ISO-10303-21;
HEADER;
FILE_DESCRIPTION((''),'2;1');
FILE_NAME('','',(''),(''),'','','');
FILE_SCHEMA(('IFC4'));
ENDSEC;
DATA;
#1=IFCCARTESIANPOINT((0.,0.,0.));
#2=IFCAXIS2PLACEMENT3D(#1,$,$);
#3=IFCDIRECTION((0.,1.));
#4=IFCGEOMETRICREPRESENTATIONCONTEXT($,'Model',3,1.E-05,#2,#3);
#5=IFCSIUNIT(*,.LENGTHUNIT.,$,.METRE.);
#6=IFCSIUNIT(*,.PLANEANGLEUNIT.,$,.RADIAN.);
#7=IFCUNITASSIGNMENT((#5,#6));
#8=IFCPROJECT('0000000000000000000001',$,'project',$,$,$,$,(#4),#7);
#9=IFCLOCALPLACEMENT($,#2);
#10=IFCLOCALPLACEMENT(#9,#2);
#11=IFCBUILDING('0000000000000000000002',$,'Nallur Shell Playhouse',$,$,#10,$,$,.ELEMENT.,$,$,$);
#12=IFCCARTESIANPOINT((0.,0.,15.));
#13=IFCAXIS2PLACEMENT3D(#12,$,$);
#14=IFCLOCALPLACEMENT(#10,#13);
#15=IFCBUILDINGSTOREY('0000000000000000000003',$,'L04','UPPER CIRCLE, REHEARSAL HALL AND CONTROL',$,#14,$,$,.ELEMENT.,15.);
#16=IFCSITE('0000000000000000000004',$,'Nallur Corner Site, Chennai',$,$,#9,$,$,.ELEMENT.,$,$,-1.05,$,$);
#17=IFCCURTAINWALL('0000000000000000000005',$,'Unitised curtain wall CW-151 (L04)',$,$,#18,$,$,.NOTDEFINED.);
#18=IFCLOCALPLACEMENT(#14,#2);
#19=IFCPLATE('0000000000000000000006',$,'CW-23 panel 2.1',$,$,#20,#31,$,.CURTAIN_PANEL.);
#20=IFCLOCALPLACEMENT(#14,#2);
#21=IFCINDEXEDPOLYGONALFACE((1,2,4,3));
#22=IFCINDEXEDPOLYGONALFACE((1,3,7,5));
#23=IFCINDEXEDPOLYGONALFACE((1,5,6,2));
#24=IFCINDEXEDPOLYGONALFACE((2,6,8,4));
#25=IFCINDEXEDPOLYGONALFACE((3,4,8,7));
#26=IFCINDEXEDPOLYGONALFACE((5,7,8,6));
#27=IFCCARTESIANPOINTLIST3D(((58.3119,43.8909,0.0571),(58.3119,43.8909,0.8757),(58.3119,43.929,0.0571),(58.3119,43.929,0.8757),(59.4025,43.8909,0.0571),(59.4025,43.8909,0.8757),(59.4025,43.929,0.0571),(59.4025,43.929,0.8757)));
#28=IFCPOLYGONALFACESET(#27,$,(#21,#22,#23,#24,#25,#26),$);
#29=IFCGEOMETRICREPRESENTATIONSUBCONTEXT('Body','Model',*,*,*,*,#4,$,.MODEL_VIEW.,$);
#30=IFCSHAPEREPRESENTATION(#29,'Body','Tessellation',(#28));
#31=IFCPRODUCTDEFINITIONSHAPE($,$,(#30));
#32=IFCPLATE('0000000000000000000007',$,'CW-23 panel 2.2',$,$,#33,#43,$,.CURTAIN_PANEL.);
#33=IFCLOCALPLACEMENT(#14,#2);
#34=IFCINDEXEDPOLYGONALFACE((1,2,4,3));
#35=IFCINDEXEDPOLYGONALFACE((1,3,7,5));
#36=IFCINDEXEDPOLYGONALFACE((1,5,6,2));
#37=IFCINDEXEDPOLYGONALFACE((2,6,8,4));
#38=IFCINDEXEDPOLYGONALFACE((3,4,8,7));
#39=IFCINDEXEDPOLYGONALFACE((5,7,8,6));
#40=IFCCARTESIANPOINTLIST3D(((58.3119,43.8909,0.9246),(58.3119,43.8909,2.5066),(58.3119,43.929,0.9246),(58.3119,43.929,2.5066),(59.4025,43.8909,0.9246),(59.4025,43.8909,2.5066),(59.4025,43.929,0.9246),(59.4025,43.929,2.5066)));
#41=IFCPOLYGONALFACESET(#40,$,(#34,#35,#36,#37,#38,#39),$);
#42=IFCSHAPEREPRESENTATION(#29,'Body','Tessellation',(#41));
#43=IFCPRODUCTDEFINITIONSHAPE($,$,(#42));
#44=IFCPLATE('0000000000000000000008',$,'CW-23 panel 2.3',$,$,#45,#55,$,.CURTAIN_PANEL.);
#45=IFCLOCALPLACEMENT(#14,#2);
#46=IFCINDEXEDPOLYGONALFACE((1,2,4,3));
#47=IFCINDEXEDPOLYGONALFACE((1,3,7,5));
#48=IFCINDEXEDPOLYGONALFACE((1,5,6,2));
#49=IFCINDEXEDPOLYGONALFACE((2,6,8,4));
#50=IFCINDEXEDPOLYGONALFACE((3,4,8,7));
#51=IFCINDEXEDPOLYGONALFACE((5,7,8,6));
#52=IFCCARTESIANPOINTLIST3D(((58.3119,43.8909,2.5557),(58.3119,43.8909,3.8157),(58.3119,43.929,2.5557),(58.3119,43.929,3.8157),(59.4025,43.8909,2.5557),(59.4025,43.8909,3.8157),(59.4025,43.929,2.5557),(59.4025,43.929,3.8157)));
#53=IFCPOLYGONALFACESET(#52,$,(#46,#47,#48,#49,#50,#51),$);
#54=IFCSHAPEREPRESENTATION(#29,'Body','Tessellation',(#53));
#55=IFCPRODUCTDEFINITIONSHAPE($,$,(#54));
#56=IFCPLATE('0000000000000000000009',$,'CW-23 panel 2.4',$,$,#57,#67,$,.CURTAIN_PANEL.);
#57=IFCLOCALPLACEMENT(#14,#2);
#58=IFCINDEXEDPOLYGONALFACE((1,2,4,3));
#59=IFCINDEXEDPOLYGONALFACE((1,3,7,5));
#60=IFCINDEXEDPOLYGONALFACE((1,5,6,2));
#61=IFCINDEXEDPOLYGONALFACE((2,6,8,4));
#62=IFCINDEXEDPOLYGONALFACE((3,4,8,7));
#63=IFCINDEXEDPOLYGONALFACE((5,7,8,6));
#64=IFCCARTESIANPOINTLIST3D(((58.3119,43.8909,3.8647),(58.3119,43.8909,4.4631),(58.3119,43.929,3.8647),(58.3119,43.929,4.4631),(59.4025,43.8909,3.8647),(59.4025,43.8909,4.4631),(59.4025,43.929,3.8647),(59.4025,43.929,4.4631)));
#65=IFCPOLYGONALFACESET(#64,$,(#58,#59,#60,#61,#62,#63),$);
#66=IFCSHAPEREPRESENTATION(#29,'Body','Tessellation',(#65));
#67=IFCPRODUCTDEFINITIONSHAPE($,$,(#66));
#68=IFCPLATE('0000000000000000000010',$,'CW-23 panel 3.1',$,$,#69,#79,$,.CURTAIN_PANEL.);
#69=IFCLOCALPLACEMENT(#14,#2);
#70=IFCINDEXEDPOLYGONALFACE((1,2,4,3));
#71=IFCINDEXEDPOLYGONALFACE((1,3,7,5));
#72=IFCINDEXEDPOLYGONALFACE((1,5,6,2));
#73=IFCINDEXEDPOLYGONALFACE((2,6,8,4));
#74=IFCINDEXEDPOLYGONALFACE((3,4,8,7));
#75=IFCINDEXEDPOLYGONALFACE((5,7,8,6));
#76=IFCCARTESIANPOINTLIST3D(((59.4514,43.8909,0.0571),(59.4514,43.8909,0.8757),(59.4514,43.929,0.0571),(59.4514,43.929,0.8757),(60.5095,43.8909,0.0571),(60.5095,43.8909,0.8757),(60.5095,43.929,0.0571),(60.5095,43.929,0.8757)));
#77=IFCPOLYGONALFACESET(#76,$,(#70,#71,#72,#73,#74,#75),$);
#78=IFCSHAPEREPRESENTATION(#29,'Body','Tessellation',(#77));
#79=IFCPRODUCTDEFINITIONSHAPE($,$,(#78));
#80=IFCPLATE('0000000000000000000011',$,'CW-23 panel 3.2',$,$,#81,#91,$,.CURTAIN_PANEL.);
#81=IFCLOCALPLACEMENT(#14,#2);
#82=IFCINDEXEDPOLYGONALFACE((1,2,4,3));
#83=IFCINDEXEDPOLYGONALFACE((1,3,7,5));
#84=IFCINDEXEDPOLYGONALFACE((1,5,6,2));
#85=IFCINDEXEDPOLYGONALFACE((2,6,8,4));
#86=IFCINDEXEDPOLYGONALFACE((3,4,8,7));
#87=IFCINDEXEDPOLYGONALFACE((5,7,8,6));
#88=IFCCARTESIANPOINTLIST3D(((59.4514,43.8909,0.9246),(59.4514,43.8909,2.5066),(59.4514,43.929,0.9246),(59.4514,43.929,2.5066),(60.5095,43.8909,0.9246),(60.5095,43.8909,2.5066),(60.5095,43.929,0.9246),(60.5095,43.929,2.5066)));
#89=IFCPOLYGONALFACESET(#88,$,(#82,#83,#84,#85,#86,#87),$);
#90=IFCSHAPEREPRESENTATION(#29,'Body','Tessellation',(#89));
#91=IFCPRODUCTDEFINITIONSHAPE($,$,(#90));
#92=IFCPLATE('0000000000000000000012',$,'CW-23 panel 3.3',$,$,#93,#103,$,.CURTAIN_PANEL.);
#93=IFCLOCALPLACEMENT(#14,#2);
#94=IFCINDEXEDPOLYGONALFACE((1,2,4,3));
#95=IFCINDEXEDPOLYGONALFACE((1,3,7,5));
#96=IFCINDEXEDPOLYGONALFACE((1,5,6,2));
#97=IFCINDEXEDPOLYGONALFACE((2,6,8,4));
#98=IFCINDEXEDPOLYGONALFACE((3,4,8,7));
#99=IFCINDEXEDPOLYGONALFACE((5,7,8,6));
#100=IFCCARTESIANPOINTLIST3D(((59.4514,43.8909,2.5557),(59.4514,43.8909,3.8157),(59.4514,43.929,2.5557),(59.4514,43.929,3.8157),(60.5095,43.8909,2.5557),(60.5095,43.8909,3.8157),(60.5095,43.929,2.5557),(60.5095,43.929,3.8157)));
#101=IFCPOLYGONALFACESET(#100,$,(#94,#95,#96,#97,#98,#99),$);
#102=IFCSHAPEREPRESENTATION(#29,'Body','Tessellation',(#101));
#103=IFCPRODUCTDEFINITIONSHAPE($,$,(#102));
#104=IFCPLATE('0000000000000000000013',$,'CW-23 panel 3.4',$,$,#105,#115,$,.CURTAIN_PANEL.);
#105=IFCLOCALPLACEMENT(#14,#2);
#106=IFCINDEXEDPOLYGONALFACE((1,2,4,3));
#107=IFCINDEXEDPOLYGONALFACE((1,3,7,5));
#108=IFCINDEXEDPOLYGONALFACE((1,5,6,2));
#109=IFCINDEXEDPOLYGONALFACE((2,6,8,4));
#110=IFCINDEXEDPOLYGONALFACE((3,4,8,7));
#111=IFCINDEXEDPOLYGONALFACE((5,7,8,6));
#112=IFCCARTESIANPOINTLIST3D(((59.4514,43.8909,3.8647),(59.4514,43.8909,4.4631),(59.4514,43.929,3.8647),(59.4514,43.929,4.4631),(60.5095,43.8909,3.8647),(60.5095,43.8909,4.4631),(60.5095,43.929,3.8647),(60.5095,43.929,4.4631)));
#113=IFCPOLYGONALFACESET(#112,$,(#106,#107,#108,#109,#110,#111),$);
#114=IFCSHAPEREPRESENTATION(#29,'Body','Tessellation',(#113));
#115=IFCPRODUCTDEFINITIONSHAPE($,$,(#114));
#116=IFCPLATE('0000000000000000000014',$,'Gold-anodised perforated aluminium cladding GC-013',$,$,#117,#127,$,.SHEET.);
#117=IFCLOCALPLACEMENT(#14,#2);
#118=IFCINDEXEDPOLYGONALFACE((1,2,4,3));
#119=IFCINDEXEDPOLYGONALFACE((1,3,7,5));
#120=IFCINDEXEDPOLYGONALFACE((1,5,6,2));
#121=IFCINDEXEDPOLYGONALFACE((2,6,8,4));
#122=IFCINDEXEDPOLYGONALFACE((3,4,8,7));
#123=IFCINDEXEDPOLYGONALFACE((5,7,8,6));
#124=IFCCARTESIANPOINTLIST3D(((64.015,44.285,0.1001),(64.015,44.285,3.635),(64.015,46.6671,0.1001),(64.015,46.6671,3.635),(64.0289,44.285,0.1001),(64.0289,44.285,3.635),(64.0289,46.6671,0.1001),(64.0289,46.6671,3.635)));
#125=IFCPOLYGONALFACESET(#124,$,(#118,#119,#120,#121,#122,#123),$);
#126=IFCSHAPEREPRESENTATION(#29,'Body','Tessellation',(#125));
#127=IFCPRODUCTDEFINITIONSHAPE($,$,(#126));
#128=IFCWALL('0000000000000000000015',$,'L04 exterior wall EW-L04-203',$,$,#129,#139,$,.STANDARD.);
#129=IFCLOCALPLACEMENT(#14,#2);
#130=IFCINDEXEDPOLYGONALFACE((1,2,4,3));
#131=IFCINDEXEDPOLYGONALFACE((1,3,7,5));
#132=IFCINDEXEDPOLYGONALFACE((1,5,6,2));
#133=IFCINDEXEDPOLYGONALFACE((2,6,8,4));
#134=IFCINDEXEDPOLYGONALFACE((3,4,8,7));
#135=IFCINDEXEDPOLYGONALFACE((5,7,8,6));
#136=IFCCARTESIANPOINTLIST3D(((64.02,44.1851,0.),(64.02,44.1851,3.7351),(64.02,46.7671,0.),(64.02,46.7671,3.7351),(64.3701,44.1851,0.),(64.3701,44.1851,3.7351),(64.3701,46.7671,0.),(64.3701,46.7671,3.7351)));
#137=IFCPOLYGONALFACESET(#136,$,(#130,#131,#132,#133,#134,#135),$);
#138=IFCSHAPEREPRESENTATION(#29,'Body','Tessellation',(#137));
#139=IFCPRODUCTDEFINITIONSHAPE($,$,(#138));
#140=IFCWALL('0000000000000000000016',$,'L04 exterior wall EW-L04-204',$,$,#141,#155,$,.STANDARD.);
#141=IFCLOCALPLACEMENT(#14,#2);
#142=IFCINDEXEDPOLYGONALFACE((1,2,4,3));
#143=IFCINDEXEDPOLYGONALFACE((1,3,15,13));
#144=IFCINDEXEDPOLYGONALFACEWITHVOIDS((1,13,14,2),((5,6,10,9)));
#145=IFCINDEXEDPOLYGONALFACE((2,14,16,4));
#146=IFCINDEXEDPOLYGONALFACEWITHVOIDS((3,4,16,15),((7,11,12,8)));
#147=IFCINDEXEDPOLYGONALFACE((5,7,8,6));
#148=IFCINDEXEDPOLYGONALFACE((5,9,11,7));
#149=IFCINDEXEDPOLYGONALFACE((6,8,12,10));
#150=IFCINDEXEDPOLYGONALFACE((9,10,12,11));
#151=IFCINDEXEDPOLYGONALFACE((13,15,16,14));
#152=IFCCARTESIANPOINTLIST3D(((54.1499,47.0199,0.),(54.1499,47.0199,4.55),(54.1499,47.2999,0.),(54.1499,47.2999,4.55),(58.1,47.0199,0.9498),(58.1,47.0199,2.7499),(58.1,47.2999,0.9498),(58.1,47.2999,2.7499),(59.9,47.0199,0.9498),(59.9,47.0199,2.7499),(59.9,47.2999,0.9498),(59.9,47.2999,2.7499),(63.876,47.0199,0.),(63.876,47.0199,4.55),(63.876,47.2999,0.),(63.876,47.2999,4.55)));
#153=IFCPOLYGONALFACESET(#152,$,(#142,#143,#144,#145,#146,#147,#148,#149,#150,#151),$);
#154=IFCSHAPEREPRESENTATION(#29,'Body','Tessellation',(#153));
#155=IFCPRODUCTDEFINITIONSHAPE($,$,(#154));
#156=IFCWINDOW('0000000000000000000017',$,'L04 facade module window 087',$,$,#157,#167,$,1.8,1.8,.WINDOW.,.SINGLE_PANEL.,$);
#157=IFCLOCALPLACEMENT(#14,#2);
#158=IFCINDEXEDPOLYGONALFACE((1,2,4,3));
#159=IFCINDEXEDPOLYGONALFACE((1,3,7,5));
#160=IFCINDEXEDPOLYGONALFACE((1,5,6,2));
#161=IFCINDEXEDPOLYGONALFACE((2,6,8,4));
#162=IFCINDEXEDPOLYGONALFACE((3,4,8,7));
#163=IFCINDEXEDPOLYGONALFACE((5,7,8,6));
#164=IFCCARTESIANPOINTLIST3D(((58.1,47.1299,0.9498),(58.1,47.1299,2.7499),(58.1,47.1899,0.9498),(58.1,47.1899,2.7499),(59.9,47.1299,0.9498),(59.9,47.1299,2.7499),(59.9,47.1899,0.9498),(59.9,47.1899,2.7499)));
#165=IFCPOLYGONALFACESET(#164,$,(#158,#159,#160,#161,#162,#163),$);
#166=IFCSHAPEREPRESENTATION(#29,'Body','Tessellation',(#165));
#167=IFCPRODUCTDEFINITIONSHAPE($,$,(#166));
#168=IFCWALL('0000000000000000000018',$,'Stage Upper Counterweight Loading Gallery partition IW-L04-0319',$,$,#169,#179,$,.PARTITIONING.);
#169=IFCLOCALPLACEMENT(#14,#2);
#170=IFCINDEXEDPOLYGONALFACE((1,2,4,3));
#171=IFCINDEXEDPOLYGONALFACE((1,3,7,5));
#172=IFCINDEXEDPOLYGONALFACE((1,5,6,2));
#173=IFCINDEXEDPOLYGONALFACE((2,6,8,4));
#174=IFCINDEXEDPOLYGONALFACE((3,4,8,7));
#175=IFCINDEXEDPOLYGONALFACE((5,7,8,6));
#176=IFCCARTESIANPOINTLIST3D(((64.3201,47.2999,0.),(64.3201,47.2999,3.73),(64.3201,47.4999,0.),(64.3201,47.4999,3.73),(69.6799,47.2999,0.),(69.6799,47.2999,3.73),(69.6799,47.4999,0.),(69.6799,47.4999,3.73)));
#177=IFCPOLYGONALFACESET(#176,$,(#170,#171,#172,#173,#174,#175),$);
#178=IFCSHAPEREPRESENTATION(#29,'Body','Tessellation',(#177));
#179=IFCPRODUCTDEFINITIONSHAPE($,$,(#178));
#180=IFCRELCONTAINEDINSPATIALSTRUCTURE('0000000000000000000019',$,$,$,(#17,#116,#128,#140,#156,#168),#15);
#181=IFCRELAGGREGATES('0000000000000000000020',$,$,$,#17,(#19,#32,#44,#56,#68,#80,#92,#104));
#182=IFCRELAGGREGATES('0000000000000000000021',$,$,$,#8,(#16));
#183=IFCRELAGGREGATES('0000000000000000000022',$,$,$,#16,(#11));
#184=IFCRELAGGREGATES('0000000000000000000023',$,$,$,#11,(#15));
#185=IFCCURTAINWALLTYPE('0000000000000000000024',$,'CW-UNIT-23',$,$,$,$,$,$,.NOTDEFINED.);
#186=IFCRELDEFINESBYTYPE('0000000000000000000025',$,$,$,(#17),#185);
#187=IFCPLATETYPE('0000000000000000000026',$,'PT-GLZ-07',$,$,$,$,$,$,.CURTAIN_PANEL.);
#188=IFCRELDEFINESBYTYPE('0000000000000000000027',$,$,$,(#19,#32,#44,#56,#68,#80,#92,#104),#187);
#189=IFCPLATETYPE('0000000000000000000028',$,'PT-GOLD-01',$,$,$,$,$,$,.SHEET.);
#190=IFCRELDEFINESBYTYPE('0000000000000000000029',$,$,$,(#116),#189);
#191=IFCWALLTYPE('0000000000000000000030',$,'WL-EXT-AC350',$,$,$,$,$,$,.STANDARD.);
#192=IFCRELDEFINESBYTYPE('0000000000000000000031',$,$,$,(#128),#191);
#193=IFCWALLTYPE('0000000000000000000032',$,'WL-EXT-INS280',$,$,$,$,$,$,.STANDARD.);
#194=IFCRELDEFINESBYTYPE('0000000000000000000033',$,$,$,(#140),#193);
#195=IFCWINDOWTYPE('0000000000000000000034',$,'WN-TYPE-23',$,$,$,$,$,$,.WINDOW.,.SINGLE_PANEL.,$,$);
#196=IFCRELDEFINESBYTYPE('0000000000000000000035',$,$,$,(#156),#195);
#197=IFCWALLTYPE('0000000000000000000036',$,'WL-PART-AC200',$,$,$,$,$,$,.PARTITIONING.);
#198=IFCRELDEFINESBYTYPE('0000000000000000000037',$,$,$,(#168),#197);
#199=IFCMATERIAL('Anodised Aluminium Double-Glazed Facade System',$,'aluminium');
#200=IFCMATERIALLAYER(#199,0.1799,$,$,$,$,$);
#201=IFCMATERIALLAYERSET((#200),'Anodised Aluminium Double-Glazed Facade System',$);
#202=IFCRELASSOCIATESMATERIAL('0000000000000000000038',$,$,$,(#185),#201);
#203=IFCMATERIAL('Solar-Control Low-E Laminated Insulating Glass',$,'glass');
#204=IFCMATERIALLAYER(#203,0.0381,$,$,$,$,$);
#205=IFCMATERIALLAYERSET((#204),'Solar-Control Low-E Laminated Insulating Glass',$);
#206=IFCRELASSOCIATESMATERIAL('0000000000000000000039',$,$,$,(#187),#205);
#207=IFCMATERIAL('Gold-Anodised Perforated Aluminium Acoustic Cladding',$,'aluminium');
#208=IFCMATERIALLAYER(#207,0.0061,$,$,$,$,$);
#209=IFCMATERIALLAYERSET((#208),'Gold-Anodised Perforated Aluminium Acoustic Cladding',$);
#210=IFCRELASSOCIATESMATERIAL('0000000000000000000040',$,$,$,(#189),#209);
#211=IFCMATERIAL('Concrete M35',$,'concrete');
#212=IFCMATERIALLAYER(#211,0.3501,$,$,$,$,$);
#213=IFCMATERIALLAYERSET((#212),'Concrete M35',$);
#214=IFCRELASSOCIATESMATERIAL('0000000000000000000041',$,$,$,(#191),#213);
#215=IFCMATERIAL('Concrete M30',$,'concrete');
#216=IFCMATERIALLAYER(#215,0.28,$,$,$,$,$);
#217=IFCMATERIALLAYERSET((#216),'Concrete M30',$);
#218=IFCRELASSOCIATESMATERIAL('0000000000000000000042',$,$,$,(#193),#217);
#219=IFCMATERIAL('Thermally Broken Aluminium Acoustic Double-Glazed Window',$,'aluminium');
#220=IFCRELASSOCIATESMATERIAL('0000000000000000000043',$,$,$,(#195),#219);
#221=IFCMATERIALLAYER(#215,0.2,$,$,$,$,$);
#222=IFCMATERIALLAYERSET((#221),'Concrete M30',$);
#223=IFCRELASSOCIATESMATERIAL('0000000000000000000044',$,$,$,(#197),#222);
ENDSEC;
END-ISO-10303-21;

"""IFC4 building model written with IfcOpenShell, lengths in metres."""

from ifc_helpers import new_model, si_unit, direction, frame, frame_2d, origin, origin_2d, place, context, subcontext, project, spatial, rectangle, extrude, material, layer, layer_set, type_object, element, fill, aggregate, save


model = new_model("IFC4")

# Units and contexts
model_context = context("Model", 3, precision=1e-05, world=origin(), true_north=direction((0.0, 1.0)))
body_context = subcontext(model_context, "Body", "Model", "MODEL_VIEW")
ifc_project = project(units=[si_unit("LENGTHUNIT", "METRE"), si_unit("PLANEANGLEUNIT", "RADIAN")], contexts=[model_context])

# Site, building, storey
site_placement = place(None, origin())
site = spatial("IfcSite", under=ifc_project, at=site_placement, Name="Nallur Corner Site, Chennai", CompositionType="ELEMENT", RefElevation=-1.05)
building_placement = place(site_placement, origin())
building = spatial("IfcBuilding", under=site, at=building_placement, Name="Nallur Shell Playhouse", CompositionType="ELEMENT")
storey_placement = place(building_placement, frame((0.0, 0.0, 15.0)))
storey = spatial("IfcBuildingStorey", under=building, at=storey_placement, Name="L04", Description="UPPER CIRCLE, REHEARSAL HALL AND CONTROL", CompositionType="ELEMENT", Elevation=15.0)

# Shared definitions
ifc_material_1 = material(Name="Concrete M30", Category="concrete")

# Curtain wall
ifc_material_2 = material(Name="Anodised Aluminium Double-Glazed Facade System", Category="aluminium")
ifc_layer_1 = layer(ifc_material_2, 0.1799)
ifc_layer_set_1 = layer_set([ifc_layer_1], Name="Anodised Aluminium Double-Glazed Facade System")
curtain_wall_type = type_object("IfcCurtainWallType", Name="CW-UNIT-23", PredefinedType="NOTDEFINED", material=ifc_layer_set_1)
curtain_wall_placement = place(storey_placement, origin())
curtain_wall = element("IfcCurtainWall", 1, at=curtain_wall_placement, inside=storey, type_object=curtain_wall_type, Name="Unitised curtain wall CW-151 (L04)", PredefinedType="NOTDEFINED")

# Plates
ifc_material_3 = material(Name="Solar-Control Low-E Laminated Insulating Glass", Category="glass")
ifc_layer_2 = layer(ifc_material_3, 0.0381)
ifc_layer_set_2 = layer_set([ifc_layer_2], Name="Solar-Control Low-E Laminated Insulating Glass")
plate_type_1 = type_object("IfcPlateType", Name="PT-GLZ-07", PredefinedType="CURTAIN_PANEL", material=ifc_layer_set_2)
plate_1_placement = place(storey_placement, frame((58.8572, 43.9099, 0.0571), z_axis=(0.0, 0.0, 1.0), x_axis=(1.0, 0.0, 0.0)))
plate_1 = element("IfcPlate", 2, at=plate_1_placement, type_object=plate_type_1, Name="CW-23 panel 2.1", PredefinedType="CURTAIN_PANEL", context=body_context, shape_type="SweptSolid", body=[
    extrude(rectangle(XDim=1.0906, YDim=0.0381, at=origin_2d()), origin(), (0.0, 0.0, 1.0), 0.8186),
])
plate_2_placement = place(storey_placement, frame((58.8572, 43.9099, 0.9246), z_axis=(0.0, 0.0, 1.0), x_axis=(1.0, 0.0, 0.0)))
plate_2 = element("IfcPlate", 3, at=plate_2_placement, type_object=plate_type_1, Name="CW-23 panel 2.2", PredefinedType="CURTAIN_PANEL", context=body_context, shape_type="SweptSolid", body=[
    extrude(rectangle(XDim=1.0906, YDim=0.0381, at=origin_2d()), origin(), (0.0, 0.0, 1.0), 1.582),
])
plate_3_placement = place(storey_placement, frame((58.8572, 43.9099, 2.5557), z_axis=(0.0, 0.0, 1.0), x_axis=(1.0, 0.0, 0.0)))
plate_3 = element("IfcPlate", 4, at=plate_3_placement, type_object=plate_type_1, Name="CW-23 panel 2.3", PredefinedType="CURTAIN_PANEL", context=body_context, shape_type="SweptSolid", body=[
    extrude(rectangle(XDim=1.0906, YDim=0.0381, at=origin_2d()), origin(), (0.0, 0.0, 1.0), 1.26),
])
plate_4_placement = place(storey_placement, frame((58.8572, 43.9099, 3.8647), z_axis=(0.0, 0.0, 1.0), x_axis=(1.0, 0.0, 0.0)))
plate_4 = element("IfcPlate", 5, at=plate_4_placement, type_object=plate_type_1, Name="CW-23 panel 2.4", PredefinedType="CURTAIN_PANEL", context=body_context, shape_type="SweptSolid", body=[
    extrude(rectangle(XDim=1.0906, YDim=0.0381, at=origin_2d()), origin(), (0.0, 0.0, 1.0), 0.5984),
])
plate_5_placement = place(storey_placement, frame((59.9805, 43.9099, 0.0571), z_axis=(0.0, 0.0, 1.0), x_axis=(1.0, 0.0, 0.0)))
plate_5 = element("IfcPlate", 6, at=plate_5_placement, type_object=plate_type_1, Name="CW-23 panel 3.1", PredefinedType="CURTAIN_PANEL", context=body_context, shape_type="SweptSolid", body=[
    extrude(rectangle(XDim=1.0581, YDim=0.0381, at=origin_2d()), origin(), (0.0, 0.0, 1.0), 0.8186),
])
plate_6_placement = place(storey_placement, frame((59.9805, 43.9099, 0.9246), z_axis=(0.0, 0.0, 1.0), x_axis=(1.0, 0.0, 0.0)))
plate_6 = element("IfcPlate", 7, at=plate_6_placement, type_object=plate_type_1, Name="CW-23 panel 3.2", PredefinedType="CURTAIN_PANEL", context=body_context, shape_type="SweptSolid", body=[
    extrude(rectangle(XDim=1.0581, YDim=0.0381, at=origin_2d()), origin(), (0.0, 0.0, 1.0), 1.582),
])
plate_7_placement = place(storey_placement, frame((59.9805, 43.9099, 2.5557), z_axis=(0.0, 0.0, 1.0), x_axis=(1.0, 0.0, 0.0)))
plate_7 = element("IfcPlate", 8, at=plate_7_placement, type_object=plate_type_1, Name="CW-23 panel 3.3", PredefinedType="CURTAIN_PANEL", context=body_context, shape_type="SweptSolid", body=[
    extrude(rectangle(XDim=1.0581, YDim=0.0381, at=origin_2d()), origin(), (0.0, 0.0, 1.0), 1.26),
])
plate_8_placement = place(storey_placement, frame((59.9805, 43.9099, 3.8647), z_axis=(0.0, 0.0, 1.0), x_axis=(1.0, 0.0, 0.0)))
plate_8 = element("IfcPlate", 9, at=plate_8_placement, type_object=plate_type_1, Name="CW-23 panel 3.4", PredefinedType="CURTAIN_PANEL", context=body_context, shape_type="SweptSolid", body=[
    extrude(rectangle(XDim=1.0581, YDim=0.0381, at=origin_2d()), origin(), (0.0, 0.0, 1.0), 0.5984),
])
aggregate(curtain_wall, [plate_1, plate_2, plate_3, plate_4, plate_5, plate_6, plate_7, plate_8])
ifc_material_4 = material(Name="Gold-Anodised Perforated Aluminium Acoustic Cladding", Category="aluminium")
ifc_layer_3 = layer(ifc_material_4, 0.0061)
ifc_layer_set_3 = layer_set([ifc_layer_3], Name="Gold-Anodised Perforated Aluminium Acoustic Cladding")
plate_type_2 = type_object("IfcPlateType", Name="PT-GOLD-01", PredefinedType="SHEET", material=ifc_layer_set_3)
plate_9_placement = place(storey_placement, frame((64.022, 45.4761, 0.1001), z_axis=(0.0, 0.0, 1.0), x_axis=(0.0, 1.0, 0.0)))
element("IfcPlate", 10, at=plate_9_placement, inside=storey, type_object=plate_type_2, Name="Gold-anodised perforated aluminium cladding GC-013", PredefinedType="SHEET", context=body_context, shape_type="SweptSolid", body=[
    extrude(rectangle(XDim=2.3821, YDim=0.0139, at=origin_2d()), origin(), (0.0, 0.0, 1.0), 3.5349),
])

# Wall
ifc_material_5 = material(Name="Concrete M35", Category="concrete")
ifc_layer_4 = layer(ifc_material_5, 0.3501)
ifc_layer_set_4 = layer_set([ifc_layer_4], Name="Concrete M35")
wall_type_1 = type_object("IfcWallType", Name="WL-EXT-AC350", PredefinedType="STANDARD", material=ifc_layer_set_4)
wall_1_placement = place(storey_placement, frame((64.1951, 44.1851, 0.0), z_axis=(0.0, 0.0, 1.0), x_axis=(0.0, 1.0, 0.0)))
element("IfcWall", 11, at=wall_1_placement, inside=storey, type_object=wall_type_1, Name="L04 exterior wall EW-L04-203", PredefinedType="STANDARD", context=body_context, shape_type="SweptSolid", body=[
    extrude(rectangle(XDim=2.582, YDim=0.3501, at=frame_2d((1.291, 0.0))), origin(), (0.0, 0.0, 1.0), 3.7351),
])

# Wall, opening, window
ifc_layer_5 = layer(ifc_material_1, 0.28)
ifc_layer_set_5 = layer_set([ifc_layer_5], Name="Concrete M30")
wall_type_2 = type_object("IfcWallType", Name="WL-EXT-INS280", PredefinedType="STANDARD", material=ifc_layer_set_5)
wall_2_placement = place(storey_placement, frame((63.876, 47.1599, 0.0), z_axis=(0.0, 0.0, 1.0), x_axis=(-1.0, 0.0, 0.0)))
wall_2 = element("IfcWall", 12, at=wall_2_placement, inside=storey, type_object=wall_type_2, Name="L04 exterior wall EW-L04-204", PredefinedType="STANDARD", context=body_context, shape_type="SweptSolid", body=[
    extrude(rectangle(XDim=9.7261, YDim=0.28, at=frame_2d((4.863, 0.0))), origin(), (0.0, 0.0, 1.0), 4.55),
])
opening_placement = place(wall_2_placement, frame((3.9761, 0.0, 0.95)))
opening = element("IfcOpeningElement", 13, at=opening_placement, cuts=wall_2, PredefinedType="OPENING", context=body_context, shape_type="SweptSolid", body=[
    extrude(rectangle(XDim=1.8, YDim=1.8, at=frame_2d((0.8999, 0.8999))), frame((0.0, 0.1499, 0.0), z_axis=(0.0, -1.0, 0.0), x_axis=(1.0, 0.0, 0.0)), (0.0, 0.0, 1.0), 0.3),
])
ifc_material_6 = material(Name="Thermally Broken Aluminium Acoustic Double-Glazed Window", Category="aluminium")
window_type = type_object("IfcWindowType", Name="WN-TYPE-23", PartitioningType="SINGLE_PANEL", PredefinedType="WINDOW", material=ifc_material_6)
window_placement = place(opening_placement, origin())
window = element("IfcWindow", 14, at=window_placement, inside=storey, type_object=window_type, Name="L04 facade module window 087", OverallHeight=1.8, OverallWidth=1.8, PartitioningType="SINGLE_PANEL", PredefinedType="WINDOW", context=body_context, shape_type="SweptSolid", body=[
    extrude(rectangle(XDim=1.8, YDim=1.8, at=frame_2d((0.8999, 0.8999))), frame((0.0, 0.03, 0.0), z_axis=(0.0, -1.0, 0.0), x_axis=(1.0, 0.0, 0.0)), (0.0, 0.0, 1.0), 0.0601),
])
fill(opening, window)

# Wall
ifc_layer_6 = layer(ifc_material_1, 0.2)
ifc_layer_set_6 = layer_set([ifc_layer_6], Name="Concrete M30")
wall_type_3 = type_object("IfcWallType", Name="WL-PART-AC200", PredefinedType="PARTITIONING", material=ifc_layer_set_6)
wall_3_placement = place(storey_placement, frame((69.6799, 47.3999, 0.0), z_axis=(0.0, 0.0, 1.0), x_axis=(-1.0, 0.0, 0.0)))
element("IfcWall", 15, at=wall_3_placement, inside=storey, type_object=wall_type_3, Name="Stage Upper Counterweight Loading Gallery partition IW-L04-0319", PredefinedType="PARTITIONING", context=body_context, shape_type="SweptSolid", body=[
    extrude(rectangle(XDim=5.3599, YDim=0.2, at=frame_2d((2.6799, 0.0))), origin(), (0.0, 0.0, 1.0), 3.73),
])

save(model, "model.ifc")
